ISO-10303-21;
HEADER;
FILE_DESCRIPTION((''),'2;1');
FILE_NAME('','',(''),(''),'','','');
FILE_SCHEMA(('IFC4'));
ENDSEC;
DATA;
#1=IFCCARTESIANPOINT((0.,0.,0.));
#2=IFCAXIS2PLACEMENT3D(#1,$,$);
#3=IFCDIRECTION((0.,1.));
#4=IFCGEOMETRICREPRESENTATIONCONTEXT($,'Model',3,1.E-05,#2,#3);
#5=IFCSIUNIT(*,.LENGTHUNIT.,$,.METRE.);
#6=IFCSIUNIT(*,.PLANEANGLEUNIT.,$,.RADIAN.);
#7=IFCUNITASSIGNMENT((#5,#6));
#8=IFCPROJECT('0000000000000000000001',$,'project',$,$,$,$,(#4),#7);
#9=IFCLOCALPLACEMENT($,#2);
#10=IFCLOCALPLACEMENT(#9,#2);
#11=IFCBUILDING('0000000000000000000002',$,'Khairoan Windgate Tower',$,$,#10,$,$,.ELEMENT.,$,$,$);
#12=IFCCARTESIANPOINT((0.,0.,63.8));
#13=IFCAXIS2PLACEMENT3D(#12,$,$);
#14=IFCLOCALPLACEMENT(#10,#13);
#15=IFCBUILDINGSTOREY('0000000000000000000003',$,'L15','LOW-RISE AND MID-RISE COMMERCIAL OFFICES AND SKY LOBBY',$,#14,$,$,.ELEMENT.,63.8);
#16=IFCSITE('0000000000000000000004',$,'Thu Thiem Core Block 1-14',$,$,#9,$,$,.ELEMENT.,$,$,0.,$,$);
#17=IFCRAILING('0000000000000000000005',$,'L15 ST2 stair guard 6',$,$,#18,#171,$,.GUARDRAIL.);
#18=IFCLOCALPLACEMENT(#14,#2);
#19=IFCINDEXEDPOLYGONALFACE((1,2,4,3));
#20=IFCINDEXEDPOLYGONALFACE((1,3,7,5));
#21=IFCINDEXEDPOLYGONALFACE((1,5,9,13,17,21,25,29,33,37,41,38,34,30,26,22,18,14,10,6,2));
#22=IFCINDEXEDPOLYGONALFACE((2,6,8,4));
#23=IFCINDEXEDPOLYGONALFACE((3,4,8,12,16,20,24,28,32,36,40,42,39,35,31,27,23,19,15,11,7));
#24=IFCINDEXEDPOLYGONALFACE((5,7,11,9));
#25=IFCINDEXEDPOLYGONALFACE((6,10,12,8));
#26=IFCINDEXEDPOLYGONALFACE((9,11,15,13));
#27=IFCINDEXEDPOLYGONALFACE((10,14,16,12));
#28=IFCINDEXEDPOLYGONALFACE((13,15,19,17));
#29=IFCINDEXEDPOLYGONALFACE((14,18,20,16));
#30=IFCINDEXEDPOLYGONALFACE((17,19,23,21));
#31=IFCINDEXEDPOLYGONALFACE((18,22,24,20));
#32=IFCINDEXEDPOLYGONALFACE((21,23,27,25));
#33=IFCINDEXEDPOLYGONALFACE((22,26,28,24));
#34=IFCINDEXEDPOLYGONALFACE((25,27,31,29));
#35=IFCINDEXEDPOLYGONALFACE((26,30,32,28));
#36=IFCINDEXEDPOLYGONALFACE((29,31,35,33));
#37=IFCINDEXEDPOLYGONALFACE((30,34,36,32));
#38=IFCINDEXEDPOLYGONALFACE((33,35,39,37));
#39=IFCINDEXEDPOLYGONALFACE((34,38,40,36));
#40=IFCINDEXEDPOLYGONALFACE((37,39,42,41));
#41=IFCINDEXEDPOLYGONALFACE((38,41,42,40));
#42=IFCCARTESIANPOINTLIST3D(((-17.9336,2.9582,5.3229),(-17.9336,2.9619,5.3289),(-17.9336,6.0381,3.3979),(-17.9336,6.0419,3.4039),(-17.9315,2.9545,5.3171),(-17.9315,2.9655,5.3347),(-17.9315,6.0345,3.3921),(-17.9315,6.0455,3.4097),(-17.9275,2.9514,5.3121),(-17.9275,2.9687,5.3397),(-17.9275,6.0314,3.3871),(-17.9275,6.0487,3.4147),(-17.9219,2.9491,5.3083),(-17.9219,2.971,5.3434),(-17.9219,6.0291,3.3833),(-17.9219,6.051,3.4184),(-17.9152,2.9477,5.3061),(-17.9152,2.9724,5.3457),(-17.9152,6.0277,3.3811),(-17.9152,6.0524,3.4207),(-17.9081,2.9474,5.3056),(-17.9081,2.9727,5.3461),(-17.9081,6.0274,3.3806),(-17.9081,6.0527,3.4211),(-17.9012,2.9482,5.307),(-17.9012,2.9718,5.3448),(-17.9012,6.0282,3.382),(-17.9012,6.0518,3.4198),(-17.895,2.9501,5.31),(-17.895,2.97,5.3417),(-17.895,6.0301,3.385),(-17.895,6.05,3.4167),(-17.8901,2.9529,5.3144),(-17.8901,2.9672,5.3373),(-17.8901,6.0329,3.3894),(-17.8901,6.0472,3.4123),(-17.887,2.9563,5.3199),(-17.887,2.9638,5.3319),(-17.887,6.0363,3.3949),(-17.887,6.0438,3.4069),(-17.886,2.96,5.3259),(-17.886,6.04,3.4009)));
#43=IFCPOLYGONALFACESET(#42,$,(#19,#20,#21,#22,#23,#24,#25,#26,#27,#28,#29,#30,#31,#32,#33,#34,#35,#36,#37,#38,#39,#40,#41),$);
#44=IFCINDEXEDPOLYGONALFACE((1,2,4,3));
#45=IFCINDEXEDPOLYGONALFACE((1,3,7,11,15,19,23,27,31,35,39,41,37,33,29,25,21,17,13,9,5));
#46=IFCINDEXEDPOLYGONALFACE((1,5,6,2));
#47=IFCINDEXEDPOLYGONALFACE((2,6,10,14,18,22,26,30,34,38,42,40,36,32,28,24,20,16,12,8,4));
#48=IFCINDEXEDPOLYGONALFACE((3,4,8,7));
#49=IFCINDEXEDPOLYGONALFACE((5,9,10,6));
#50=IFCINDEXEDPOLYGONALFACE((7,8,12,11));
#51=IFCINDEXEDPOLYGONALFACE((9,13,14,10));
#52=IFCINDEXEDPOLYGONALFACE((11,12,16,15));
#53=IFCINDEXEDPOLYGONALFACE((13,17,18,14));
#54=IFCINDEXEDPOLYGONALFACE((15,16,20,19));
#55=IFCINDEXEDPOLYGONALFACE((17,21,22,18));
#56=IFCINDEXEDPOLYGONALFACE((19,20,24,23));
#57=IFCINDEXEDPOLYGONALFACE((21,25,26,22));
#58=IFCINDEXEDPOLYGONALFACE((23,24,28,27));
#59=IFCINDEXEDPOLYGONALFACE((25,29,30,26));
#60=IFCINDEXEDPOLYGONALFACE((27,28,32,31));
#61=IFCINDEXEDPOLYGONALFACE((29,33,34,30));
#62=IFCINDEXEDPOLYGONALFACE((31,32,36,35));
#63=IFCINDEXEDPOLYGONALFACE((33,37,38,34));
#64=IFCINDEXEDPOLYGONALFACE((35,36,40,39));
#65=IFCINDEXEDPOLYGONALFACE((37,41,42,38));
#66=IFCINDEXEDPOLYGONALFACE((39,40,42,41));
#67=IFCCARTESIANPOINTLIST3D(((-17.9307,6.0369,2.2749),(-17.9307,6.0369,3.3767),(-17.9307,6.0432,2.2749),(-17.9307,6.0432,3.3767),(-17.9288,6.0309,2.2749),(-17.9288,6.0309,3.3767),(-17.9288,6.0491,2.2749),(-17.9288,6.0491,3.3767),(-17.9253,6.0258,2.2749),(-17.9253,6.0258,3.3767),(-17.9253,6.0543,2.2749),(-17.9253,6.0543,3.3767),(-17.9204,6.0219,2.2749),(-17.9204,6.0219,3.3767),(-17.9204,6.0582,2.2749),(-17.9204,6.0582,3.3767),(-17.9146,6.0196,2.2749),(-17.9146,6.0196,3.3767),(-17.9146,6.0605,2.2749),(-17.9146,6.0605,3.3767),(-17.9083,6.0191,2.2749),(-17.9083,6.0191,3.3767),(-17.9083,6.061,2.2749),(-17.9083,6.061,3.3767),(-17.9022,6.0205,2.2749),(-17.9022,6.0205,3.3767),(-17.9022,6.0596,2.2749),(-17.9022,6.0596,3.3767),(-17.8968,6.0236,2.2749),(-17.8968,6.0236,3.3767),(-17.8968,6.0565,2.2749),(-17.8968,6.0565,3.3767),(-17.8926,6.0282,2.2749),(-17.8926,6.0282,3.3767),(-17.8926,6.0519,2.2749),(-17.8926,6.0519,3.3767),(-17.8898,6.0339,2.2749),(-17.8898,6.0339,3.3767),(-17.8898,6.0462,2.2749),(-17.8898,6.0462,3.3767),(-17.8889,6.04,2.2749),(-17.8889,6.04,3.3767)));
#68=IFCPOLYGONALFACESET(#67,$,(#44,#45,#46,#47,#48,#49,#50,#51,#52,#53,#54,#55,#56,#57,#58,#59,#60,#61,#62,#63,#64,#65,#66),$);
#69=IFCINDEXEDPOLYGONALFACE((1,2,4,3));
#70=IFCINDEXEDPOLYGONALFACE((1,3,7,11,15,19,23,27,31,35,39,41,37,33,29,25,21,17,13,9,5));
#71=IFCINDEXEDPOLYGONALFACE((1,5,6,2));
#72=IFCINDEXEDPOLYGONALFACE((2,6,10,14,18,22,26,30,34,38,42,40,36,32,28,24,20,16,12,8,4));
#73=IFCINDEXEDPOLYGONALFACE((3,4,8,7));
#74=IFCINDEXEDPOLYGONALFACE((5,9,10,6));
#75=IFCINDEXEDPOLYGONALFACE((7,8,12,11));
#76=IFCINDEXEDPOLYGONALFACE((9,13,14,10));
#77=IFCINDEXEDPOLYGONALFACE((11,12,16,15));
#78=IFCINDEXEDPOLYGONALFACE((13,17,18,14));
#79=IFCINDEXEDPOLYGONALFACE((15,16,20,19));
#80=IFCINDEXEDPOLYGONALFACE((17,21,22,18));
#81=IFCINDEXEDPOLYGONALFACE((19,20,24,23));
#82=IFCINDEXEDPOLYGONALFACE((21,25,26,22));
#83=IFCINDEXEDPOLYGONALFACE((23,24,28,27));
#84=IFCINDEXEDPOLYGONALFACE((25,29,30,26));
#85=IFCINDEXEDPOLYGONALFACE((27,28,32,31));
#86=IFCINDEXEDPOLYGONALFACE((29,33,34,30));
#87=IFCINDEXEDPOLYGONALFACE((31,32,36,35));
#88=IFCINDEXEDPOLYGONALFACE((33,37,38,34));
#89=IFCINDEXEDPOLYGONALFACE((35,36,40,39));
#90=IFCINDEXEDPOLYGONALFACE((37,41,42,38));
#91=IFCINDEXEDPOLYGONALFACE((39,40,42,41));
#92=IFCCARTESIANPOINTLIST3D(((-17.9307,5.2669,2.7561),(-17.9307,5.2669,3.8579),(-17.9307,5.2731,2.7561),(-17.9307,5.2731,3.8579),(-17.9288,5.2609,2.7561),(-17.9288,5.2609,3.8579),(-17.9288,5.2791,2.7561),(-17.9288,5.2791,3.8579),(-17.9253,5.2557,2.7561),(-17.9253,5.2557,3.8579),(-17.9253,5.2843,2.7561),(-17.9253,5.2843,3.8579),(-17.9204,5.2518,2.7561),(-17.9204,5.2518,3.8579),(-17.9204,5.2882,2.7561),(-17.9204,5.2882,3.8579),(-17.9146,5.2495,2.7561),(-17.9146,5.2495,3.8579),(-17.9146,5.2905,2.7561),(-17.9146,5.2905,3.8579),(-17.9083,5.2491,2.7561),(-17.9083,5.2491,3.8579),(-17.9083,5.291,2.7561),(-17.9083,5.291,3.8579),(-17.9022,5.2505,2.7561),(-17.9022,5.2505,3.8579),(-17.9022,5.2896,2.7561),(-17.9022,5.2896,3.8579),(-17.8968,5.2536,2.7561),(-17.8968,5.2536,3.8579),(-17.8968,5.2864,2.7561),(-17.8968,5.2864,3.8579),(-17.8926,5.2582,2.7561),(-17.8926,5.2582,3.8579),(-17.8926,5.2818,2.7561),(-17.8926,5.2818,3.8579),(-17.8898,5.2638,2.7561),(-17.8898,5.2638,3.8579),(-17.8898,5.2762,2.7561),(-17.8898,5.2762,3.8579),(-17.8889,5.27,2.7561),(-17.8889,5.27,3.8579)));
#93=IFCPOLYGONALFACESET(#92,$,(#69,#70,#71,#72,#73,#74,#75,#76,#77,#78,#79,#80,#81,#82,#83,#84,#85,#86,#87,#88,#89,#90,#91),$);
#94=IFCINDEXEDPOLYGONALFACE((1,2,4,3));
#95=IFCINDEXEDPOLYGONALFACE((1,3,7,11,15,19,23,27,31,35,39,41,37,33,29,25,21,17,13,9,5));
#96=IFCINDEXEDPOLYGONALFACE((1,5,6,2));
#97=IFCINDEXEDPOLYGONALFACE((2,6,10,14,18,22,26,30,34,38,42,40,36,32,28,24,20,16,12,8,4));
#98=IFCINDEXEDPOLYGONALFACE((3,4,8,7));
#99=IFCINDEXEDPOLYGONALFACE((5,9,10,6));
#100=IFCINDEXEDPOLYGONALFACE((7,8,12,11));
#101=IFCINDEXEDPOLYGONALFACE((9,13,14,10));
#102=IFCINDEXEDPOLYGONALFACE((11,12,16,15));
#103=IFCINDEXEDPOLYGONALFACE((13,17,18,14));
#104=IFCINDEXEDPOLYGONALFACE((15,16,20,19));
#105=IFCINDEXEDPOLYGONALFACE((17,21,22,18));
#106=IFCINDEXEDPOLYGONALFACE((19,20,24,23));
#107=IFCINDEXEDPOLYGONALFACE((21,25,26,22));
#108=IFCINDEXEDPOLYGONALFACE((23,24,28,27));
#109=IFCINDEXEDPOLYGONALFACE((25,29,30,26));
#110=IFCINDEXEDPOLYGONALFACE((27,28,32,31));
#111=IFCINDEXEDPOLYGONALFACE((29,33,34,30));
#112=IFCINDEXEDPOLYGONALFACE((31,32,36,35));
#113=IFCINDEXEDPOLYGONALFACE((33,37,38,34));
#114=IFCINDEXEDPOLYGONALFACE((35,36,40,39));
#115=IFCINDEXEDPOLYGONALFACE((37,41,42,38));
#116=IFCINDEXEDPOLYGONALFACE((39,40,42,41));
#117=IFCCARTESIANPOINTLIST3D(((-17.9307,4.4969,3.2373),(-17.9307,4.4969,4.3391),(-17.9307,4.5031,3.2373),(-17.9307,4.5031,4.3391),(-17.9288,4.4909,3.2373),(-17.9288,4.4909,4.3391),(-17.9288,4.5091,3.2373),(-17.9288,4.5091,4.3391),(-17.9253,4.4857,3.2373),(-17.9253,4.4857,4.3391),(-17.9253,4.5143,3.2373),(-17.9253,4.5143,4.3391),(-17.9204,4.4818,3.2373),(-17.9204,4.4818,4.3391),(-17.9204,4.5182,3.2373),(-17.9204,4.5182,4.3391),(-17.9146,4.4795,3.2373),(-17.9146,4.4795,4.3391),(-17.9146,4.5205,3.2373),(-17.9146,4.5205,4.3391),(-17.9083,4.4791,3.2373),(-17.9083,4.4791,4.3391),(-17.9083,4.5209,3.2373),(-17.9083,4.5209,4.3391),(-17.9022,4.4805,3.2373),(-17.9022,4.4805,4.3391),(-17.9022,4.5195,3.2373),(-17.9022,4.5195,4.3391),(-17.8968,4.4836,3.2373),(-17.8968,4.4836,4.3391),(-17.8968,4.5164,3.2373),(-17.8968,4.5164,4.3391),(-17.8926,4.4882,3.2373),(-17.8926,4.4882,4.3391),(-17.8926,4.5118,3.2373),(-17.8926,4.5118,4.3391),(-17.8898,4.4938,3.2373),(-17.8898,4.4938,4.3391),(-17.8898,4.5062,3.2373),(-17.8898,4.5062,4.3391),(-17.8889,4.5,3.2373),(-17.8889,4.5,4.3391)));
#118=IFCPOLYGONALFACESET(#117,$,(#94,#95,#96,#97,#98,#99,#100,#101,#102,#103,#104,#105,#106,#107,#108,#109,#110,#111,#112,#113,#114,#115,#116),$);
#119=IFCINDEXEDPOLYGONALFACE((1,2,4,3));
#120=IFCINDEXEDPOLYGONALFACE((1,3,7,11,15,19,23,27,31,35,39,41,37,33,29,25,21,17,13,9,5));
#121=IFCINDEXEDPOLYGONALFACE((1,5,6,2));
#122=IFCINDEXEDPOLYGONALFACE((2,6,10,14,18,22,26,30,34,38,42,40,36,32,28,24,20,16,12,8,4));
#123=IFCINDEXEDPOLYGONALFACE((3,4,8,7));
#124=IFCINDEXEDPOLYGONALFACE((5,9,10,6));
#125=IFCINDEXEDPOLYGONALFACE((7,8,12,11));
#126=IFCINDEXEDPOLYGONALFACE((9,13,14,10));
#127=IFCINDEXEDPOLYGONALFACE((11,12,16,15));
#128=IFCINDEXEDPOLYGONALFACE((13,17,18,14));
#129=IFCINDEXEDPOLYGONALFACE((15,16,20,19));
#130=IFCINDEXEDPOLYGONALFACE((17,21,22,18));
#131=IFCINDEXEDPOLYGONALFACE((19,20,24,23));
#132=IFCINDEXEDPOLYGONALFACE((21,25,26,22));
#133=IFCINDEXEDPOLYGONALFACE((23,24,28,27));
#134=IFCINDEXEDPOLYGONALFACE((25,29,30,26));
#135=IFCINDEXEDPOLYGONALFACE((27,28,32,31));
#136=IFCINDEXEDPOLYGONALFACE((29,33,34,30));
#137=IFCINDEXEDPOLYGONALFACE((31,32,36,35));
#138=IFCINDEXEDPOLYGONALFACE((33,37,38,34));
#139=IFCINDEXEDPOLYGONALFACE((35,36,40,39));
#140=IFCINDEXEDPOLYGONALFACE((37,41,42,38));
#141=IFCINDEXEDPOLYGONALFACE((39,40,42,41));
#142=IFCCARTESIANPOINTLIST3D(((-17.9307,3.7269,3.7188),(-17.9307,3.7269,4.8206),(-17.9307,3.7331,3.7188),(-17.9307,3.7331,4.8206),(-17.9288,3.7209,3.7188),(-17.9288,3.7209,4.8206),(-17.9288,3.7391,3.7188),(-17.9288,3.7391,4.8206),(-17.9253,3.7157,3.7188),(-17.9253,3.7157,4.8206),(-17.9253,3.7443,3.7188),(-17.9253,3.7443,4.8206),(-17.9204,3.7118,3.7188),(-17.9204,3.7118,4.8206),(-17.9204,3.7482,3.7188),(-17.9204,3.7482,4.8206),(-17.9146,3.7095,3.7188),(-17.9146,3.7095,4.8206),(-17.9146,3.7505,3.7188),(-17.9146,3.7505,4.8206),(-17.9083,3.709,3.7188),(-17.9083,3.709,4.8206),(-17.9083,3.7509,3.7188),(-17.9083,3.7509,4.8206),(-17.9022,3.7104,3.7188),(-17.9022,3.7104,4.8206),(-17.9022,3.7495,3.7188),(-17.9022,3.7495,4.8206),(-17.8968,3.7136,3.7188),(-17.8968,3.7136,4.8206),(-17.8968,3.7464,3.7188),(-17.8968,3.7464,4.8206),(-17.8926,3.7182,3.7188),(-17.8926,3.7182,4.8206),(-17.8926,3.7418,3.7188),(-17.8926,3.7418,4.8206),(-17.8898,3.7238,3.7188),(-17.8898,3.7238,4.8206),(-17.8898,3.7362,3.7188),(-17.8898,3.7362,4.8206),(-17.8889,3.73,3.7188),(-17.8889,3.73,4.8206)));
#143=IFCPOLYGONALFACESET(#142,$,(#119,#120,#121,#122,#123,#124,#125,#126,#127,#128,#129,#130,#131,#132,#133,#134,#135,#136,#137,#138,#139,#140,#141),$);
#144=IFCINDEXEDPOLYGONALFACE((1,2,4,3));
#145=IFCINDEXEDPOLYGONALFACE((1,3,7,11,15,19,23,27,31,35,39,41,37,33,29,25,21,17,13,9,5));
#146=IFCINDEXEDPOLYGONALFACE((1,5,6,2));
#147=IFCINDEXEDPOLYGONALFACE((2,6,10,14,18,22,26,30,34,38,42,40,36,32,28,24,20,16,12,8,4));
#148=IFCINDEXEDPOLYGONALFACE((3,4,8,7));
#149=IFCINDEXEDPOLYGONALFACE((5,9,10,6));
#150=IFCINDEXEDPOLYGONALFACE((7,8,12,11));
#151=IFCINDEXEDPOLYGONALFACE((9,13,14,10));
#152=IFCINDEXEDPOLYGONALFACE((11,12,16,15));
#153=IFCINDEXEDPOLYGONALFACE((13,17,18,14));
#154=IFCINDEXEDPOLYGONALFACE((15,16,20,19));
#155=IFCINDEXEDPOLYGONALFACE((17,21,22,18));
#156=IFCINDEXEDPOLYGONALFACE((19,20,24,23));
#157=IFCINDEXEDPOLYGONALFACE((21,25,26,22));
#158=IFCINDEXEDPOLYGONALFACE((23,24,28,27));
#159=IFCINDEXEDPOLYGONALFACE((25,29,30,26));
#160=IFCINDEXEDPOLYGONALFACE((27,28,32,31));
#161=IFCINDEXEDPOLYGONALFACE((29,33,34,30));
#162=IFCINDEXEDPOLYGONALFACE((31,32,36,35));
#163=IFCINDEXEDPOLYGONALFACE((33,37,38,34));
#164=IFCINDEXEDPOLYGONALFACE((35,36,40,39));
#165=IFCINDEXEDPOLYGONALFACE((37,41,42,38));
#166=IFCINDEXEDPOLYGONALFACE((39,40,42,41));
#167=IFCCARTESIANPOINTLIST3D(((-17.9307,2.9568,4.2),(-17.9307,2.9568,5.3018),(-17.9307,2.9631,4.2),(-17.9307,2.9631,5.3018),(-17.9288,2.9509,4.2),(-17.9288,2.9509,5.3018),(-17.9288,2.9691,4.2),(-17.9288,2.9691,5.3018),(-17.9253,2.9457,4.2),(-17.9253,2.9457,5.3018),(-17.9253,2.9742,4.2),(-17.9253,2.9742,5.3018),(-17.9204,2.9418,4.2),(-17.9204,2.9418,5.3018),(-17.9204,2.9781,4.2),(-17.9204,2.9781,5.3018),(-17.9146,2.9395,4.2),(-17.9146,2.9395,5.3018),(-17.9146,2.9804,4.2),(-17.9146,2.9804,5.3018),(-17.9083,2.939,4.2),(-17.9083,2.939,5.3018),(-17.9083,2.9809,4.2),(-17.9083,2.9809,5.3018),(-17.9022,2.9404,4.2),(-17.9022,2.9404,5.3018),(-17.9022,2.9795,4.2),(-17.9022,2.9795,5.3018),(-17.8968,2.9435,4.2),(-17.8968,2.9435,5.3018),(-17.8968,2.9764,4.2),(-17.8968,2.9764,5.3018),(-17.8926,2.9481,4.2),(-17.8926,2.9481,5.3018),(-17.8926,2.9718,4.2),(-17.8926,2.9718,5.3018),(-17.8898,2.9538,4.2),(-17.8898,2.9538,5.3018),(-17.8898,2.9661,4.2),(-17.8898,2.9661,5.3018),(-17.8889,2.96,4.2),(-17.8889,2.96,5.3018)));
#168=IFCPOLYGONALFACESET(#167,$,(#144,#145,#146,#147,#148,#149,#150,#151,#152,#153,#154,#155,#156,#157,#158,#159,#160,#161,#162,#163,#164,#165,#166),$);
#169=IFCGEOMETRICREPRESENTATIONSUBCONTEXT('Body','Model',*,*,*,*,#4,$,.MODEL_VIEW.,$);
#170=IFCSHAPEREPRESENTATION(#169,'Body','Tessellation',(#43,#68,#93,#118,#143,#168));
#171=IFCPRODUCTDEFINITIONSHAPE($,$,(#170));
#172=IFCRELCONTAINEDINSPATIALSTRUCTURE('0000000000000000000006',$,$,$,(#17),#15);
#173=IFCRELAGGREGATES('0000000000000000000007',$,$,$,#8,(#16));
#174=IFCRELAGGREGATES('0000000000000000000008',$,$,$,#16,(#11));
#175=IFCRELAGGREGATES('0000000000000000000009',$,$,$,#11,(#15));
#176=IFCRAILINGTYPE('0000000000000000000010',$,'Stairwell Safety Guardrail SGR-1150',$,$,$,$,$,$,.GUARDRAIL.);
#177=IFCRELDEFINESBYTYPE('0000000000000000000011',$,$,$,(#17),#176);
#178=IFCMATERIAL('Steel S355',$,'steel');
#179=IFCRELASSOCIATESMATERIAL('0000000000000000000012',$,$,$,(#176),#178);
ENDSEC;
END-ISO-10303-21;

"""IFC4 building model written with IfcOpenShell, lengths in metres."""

from ifc_helpers import new_model, si_unit, direction, frame, origin, origin_2d, place, context, subcontext, project, spatial, circle, extrude, material, type_object, element, save


model = new_model("IFC4")

# Units and contexts
model_context = context("Model", 3, precision=1e-05, world=origin(), true_north=direction((0.0, 1.0)))
body_context = subcontext(model_context, "Body", "Model", "MODEL_VIEW")
ifc_project = project(units=[si_unit("LENGTHUNIT", "METRE"), si_unit("PLANEANGLEUNIT", "RADIAN")], contexts=[model_context])

# Site, building, storey
site_placement = place(None, origin())
site = spatial("IfcSite", under=ifc_project, at=site_placement, Name="Thu Thiem Core Block 1-14", CompositionType="ELEMENT", RefElevation=0.0)
building_placement = place(site_placement, origin())
building = spatial("IfcBuilding", under=site, at=building_placement, Name="Khairoan Windgate Tower", CompositionType="ELEMENT")
storey_placement = place(building_placement, frame((0.0, 0.0, 63.8)))
storey = spatial("IfcBuildingStorey", under=building, at=storey_placement, Name="L15", Description="LOW-RISE AND MID-RISE COMMERCIAL OFFICES AND SKY LOBBY", CompositionType="ELEMENT", Elevation=63.8)

# Railing
ifc_material_1 = material(Name="Steel S355", Category="steel")
railing_type_1 = type_object("IfcRailingType", Name="Stairwell Safety Guardrail SGR-1150", PredefinedType="GUARDRAIL", material=ifc_material_1)
railing_1_placement = place(storey_placement, frame((-17.9099, 6.04, 2.2749)))
element("IfcRailing", 1, at=railing_1_placement, inside=storey, type_object=railing_type_1, Name="L15 ST2 stair guard 6", PredefinedType="GUARDRAIL", context=body_context, shape_type="SweptSolid", body=[
    extrude(circle(Radius=0.0239, at=origin_2d()), frame((0.0, 0.0, 1.126), z_axis=(0.0, -0.847998, 0.529999), x_axis=(1.0, 0.0, 0.0)), (0.0, 0.0, 1.0), 3.6321),
    extrude(circle(Radius=0.021, at=origin_2d()), origin(), (0.0, 0.0, 1.0), 1.1018),
    extrude(circle(Radius=0.021, at=origin_2d()), frame((0.0, -0.77, 0.4812)), (0.0, 0.0, 1.0), 1.1018),
    extrude(circle(Radius=0.021, at=origin_2d()), frame((0.0, -1.54, 0.9624)), (0.0, 0.0, 1.0), 1.1018),
    extrude(circle(Radius=0.021, at=origin_2d()), frame((0.0, -2.3101, 1.4438)), (0.0, 0.0, 1.0), 1.1018),
    extrude(circle(Radius=0.021, at=origin_2d()), frame((0.0, -3.0801, 1.925)), (0.0, 0.0, 1.0), 1.1018),
])

save(model, "model.ifc")
